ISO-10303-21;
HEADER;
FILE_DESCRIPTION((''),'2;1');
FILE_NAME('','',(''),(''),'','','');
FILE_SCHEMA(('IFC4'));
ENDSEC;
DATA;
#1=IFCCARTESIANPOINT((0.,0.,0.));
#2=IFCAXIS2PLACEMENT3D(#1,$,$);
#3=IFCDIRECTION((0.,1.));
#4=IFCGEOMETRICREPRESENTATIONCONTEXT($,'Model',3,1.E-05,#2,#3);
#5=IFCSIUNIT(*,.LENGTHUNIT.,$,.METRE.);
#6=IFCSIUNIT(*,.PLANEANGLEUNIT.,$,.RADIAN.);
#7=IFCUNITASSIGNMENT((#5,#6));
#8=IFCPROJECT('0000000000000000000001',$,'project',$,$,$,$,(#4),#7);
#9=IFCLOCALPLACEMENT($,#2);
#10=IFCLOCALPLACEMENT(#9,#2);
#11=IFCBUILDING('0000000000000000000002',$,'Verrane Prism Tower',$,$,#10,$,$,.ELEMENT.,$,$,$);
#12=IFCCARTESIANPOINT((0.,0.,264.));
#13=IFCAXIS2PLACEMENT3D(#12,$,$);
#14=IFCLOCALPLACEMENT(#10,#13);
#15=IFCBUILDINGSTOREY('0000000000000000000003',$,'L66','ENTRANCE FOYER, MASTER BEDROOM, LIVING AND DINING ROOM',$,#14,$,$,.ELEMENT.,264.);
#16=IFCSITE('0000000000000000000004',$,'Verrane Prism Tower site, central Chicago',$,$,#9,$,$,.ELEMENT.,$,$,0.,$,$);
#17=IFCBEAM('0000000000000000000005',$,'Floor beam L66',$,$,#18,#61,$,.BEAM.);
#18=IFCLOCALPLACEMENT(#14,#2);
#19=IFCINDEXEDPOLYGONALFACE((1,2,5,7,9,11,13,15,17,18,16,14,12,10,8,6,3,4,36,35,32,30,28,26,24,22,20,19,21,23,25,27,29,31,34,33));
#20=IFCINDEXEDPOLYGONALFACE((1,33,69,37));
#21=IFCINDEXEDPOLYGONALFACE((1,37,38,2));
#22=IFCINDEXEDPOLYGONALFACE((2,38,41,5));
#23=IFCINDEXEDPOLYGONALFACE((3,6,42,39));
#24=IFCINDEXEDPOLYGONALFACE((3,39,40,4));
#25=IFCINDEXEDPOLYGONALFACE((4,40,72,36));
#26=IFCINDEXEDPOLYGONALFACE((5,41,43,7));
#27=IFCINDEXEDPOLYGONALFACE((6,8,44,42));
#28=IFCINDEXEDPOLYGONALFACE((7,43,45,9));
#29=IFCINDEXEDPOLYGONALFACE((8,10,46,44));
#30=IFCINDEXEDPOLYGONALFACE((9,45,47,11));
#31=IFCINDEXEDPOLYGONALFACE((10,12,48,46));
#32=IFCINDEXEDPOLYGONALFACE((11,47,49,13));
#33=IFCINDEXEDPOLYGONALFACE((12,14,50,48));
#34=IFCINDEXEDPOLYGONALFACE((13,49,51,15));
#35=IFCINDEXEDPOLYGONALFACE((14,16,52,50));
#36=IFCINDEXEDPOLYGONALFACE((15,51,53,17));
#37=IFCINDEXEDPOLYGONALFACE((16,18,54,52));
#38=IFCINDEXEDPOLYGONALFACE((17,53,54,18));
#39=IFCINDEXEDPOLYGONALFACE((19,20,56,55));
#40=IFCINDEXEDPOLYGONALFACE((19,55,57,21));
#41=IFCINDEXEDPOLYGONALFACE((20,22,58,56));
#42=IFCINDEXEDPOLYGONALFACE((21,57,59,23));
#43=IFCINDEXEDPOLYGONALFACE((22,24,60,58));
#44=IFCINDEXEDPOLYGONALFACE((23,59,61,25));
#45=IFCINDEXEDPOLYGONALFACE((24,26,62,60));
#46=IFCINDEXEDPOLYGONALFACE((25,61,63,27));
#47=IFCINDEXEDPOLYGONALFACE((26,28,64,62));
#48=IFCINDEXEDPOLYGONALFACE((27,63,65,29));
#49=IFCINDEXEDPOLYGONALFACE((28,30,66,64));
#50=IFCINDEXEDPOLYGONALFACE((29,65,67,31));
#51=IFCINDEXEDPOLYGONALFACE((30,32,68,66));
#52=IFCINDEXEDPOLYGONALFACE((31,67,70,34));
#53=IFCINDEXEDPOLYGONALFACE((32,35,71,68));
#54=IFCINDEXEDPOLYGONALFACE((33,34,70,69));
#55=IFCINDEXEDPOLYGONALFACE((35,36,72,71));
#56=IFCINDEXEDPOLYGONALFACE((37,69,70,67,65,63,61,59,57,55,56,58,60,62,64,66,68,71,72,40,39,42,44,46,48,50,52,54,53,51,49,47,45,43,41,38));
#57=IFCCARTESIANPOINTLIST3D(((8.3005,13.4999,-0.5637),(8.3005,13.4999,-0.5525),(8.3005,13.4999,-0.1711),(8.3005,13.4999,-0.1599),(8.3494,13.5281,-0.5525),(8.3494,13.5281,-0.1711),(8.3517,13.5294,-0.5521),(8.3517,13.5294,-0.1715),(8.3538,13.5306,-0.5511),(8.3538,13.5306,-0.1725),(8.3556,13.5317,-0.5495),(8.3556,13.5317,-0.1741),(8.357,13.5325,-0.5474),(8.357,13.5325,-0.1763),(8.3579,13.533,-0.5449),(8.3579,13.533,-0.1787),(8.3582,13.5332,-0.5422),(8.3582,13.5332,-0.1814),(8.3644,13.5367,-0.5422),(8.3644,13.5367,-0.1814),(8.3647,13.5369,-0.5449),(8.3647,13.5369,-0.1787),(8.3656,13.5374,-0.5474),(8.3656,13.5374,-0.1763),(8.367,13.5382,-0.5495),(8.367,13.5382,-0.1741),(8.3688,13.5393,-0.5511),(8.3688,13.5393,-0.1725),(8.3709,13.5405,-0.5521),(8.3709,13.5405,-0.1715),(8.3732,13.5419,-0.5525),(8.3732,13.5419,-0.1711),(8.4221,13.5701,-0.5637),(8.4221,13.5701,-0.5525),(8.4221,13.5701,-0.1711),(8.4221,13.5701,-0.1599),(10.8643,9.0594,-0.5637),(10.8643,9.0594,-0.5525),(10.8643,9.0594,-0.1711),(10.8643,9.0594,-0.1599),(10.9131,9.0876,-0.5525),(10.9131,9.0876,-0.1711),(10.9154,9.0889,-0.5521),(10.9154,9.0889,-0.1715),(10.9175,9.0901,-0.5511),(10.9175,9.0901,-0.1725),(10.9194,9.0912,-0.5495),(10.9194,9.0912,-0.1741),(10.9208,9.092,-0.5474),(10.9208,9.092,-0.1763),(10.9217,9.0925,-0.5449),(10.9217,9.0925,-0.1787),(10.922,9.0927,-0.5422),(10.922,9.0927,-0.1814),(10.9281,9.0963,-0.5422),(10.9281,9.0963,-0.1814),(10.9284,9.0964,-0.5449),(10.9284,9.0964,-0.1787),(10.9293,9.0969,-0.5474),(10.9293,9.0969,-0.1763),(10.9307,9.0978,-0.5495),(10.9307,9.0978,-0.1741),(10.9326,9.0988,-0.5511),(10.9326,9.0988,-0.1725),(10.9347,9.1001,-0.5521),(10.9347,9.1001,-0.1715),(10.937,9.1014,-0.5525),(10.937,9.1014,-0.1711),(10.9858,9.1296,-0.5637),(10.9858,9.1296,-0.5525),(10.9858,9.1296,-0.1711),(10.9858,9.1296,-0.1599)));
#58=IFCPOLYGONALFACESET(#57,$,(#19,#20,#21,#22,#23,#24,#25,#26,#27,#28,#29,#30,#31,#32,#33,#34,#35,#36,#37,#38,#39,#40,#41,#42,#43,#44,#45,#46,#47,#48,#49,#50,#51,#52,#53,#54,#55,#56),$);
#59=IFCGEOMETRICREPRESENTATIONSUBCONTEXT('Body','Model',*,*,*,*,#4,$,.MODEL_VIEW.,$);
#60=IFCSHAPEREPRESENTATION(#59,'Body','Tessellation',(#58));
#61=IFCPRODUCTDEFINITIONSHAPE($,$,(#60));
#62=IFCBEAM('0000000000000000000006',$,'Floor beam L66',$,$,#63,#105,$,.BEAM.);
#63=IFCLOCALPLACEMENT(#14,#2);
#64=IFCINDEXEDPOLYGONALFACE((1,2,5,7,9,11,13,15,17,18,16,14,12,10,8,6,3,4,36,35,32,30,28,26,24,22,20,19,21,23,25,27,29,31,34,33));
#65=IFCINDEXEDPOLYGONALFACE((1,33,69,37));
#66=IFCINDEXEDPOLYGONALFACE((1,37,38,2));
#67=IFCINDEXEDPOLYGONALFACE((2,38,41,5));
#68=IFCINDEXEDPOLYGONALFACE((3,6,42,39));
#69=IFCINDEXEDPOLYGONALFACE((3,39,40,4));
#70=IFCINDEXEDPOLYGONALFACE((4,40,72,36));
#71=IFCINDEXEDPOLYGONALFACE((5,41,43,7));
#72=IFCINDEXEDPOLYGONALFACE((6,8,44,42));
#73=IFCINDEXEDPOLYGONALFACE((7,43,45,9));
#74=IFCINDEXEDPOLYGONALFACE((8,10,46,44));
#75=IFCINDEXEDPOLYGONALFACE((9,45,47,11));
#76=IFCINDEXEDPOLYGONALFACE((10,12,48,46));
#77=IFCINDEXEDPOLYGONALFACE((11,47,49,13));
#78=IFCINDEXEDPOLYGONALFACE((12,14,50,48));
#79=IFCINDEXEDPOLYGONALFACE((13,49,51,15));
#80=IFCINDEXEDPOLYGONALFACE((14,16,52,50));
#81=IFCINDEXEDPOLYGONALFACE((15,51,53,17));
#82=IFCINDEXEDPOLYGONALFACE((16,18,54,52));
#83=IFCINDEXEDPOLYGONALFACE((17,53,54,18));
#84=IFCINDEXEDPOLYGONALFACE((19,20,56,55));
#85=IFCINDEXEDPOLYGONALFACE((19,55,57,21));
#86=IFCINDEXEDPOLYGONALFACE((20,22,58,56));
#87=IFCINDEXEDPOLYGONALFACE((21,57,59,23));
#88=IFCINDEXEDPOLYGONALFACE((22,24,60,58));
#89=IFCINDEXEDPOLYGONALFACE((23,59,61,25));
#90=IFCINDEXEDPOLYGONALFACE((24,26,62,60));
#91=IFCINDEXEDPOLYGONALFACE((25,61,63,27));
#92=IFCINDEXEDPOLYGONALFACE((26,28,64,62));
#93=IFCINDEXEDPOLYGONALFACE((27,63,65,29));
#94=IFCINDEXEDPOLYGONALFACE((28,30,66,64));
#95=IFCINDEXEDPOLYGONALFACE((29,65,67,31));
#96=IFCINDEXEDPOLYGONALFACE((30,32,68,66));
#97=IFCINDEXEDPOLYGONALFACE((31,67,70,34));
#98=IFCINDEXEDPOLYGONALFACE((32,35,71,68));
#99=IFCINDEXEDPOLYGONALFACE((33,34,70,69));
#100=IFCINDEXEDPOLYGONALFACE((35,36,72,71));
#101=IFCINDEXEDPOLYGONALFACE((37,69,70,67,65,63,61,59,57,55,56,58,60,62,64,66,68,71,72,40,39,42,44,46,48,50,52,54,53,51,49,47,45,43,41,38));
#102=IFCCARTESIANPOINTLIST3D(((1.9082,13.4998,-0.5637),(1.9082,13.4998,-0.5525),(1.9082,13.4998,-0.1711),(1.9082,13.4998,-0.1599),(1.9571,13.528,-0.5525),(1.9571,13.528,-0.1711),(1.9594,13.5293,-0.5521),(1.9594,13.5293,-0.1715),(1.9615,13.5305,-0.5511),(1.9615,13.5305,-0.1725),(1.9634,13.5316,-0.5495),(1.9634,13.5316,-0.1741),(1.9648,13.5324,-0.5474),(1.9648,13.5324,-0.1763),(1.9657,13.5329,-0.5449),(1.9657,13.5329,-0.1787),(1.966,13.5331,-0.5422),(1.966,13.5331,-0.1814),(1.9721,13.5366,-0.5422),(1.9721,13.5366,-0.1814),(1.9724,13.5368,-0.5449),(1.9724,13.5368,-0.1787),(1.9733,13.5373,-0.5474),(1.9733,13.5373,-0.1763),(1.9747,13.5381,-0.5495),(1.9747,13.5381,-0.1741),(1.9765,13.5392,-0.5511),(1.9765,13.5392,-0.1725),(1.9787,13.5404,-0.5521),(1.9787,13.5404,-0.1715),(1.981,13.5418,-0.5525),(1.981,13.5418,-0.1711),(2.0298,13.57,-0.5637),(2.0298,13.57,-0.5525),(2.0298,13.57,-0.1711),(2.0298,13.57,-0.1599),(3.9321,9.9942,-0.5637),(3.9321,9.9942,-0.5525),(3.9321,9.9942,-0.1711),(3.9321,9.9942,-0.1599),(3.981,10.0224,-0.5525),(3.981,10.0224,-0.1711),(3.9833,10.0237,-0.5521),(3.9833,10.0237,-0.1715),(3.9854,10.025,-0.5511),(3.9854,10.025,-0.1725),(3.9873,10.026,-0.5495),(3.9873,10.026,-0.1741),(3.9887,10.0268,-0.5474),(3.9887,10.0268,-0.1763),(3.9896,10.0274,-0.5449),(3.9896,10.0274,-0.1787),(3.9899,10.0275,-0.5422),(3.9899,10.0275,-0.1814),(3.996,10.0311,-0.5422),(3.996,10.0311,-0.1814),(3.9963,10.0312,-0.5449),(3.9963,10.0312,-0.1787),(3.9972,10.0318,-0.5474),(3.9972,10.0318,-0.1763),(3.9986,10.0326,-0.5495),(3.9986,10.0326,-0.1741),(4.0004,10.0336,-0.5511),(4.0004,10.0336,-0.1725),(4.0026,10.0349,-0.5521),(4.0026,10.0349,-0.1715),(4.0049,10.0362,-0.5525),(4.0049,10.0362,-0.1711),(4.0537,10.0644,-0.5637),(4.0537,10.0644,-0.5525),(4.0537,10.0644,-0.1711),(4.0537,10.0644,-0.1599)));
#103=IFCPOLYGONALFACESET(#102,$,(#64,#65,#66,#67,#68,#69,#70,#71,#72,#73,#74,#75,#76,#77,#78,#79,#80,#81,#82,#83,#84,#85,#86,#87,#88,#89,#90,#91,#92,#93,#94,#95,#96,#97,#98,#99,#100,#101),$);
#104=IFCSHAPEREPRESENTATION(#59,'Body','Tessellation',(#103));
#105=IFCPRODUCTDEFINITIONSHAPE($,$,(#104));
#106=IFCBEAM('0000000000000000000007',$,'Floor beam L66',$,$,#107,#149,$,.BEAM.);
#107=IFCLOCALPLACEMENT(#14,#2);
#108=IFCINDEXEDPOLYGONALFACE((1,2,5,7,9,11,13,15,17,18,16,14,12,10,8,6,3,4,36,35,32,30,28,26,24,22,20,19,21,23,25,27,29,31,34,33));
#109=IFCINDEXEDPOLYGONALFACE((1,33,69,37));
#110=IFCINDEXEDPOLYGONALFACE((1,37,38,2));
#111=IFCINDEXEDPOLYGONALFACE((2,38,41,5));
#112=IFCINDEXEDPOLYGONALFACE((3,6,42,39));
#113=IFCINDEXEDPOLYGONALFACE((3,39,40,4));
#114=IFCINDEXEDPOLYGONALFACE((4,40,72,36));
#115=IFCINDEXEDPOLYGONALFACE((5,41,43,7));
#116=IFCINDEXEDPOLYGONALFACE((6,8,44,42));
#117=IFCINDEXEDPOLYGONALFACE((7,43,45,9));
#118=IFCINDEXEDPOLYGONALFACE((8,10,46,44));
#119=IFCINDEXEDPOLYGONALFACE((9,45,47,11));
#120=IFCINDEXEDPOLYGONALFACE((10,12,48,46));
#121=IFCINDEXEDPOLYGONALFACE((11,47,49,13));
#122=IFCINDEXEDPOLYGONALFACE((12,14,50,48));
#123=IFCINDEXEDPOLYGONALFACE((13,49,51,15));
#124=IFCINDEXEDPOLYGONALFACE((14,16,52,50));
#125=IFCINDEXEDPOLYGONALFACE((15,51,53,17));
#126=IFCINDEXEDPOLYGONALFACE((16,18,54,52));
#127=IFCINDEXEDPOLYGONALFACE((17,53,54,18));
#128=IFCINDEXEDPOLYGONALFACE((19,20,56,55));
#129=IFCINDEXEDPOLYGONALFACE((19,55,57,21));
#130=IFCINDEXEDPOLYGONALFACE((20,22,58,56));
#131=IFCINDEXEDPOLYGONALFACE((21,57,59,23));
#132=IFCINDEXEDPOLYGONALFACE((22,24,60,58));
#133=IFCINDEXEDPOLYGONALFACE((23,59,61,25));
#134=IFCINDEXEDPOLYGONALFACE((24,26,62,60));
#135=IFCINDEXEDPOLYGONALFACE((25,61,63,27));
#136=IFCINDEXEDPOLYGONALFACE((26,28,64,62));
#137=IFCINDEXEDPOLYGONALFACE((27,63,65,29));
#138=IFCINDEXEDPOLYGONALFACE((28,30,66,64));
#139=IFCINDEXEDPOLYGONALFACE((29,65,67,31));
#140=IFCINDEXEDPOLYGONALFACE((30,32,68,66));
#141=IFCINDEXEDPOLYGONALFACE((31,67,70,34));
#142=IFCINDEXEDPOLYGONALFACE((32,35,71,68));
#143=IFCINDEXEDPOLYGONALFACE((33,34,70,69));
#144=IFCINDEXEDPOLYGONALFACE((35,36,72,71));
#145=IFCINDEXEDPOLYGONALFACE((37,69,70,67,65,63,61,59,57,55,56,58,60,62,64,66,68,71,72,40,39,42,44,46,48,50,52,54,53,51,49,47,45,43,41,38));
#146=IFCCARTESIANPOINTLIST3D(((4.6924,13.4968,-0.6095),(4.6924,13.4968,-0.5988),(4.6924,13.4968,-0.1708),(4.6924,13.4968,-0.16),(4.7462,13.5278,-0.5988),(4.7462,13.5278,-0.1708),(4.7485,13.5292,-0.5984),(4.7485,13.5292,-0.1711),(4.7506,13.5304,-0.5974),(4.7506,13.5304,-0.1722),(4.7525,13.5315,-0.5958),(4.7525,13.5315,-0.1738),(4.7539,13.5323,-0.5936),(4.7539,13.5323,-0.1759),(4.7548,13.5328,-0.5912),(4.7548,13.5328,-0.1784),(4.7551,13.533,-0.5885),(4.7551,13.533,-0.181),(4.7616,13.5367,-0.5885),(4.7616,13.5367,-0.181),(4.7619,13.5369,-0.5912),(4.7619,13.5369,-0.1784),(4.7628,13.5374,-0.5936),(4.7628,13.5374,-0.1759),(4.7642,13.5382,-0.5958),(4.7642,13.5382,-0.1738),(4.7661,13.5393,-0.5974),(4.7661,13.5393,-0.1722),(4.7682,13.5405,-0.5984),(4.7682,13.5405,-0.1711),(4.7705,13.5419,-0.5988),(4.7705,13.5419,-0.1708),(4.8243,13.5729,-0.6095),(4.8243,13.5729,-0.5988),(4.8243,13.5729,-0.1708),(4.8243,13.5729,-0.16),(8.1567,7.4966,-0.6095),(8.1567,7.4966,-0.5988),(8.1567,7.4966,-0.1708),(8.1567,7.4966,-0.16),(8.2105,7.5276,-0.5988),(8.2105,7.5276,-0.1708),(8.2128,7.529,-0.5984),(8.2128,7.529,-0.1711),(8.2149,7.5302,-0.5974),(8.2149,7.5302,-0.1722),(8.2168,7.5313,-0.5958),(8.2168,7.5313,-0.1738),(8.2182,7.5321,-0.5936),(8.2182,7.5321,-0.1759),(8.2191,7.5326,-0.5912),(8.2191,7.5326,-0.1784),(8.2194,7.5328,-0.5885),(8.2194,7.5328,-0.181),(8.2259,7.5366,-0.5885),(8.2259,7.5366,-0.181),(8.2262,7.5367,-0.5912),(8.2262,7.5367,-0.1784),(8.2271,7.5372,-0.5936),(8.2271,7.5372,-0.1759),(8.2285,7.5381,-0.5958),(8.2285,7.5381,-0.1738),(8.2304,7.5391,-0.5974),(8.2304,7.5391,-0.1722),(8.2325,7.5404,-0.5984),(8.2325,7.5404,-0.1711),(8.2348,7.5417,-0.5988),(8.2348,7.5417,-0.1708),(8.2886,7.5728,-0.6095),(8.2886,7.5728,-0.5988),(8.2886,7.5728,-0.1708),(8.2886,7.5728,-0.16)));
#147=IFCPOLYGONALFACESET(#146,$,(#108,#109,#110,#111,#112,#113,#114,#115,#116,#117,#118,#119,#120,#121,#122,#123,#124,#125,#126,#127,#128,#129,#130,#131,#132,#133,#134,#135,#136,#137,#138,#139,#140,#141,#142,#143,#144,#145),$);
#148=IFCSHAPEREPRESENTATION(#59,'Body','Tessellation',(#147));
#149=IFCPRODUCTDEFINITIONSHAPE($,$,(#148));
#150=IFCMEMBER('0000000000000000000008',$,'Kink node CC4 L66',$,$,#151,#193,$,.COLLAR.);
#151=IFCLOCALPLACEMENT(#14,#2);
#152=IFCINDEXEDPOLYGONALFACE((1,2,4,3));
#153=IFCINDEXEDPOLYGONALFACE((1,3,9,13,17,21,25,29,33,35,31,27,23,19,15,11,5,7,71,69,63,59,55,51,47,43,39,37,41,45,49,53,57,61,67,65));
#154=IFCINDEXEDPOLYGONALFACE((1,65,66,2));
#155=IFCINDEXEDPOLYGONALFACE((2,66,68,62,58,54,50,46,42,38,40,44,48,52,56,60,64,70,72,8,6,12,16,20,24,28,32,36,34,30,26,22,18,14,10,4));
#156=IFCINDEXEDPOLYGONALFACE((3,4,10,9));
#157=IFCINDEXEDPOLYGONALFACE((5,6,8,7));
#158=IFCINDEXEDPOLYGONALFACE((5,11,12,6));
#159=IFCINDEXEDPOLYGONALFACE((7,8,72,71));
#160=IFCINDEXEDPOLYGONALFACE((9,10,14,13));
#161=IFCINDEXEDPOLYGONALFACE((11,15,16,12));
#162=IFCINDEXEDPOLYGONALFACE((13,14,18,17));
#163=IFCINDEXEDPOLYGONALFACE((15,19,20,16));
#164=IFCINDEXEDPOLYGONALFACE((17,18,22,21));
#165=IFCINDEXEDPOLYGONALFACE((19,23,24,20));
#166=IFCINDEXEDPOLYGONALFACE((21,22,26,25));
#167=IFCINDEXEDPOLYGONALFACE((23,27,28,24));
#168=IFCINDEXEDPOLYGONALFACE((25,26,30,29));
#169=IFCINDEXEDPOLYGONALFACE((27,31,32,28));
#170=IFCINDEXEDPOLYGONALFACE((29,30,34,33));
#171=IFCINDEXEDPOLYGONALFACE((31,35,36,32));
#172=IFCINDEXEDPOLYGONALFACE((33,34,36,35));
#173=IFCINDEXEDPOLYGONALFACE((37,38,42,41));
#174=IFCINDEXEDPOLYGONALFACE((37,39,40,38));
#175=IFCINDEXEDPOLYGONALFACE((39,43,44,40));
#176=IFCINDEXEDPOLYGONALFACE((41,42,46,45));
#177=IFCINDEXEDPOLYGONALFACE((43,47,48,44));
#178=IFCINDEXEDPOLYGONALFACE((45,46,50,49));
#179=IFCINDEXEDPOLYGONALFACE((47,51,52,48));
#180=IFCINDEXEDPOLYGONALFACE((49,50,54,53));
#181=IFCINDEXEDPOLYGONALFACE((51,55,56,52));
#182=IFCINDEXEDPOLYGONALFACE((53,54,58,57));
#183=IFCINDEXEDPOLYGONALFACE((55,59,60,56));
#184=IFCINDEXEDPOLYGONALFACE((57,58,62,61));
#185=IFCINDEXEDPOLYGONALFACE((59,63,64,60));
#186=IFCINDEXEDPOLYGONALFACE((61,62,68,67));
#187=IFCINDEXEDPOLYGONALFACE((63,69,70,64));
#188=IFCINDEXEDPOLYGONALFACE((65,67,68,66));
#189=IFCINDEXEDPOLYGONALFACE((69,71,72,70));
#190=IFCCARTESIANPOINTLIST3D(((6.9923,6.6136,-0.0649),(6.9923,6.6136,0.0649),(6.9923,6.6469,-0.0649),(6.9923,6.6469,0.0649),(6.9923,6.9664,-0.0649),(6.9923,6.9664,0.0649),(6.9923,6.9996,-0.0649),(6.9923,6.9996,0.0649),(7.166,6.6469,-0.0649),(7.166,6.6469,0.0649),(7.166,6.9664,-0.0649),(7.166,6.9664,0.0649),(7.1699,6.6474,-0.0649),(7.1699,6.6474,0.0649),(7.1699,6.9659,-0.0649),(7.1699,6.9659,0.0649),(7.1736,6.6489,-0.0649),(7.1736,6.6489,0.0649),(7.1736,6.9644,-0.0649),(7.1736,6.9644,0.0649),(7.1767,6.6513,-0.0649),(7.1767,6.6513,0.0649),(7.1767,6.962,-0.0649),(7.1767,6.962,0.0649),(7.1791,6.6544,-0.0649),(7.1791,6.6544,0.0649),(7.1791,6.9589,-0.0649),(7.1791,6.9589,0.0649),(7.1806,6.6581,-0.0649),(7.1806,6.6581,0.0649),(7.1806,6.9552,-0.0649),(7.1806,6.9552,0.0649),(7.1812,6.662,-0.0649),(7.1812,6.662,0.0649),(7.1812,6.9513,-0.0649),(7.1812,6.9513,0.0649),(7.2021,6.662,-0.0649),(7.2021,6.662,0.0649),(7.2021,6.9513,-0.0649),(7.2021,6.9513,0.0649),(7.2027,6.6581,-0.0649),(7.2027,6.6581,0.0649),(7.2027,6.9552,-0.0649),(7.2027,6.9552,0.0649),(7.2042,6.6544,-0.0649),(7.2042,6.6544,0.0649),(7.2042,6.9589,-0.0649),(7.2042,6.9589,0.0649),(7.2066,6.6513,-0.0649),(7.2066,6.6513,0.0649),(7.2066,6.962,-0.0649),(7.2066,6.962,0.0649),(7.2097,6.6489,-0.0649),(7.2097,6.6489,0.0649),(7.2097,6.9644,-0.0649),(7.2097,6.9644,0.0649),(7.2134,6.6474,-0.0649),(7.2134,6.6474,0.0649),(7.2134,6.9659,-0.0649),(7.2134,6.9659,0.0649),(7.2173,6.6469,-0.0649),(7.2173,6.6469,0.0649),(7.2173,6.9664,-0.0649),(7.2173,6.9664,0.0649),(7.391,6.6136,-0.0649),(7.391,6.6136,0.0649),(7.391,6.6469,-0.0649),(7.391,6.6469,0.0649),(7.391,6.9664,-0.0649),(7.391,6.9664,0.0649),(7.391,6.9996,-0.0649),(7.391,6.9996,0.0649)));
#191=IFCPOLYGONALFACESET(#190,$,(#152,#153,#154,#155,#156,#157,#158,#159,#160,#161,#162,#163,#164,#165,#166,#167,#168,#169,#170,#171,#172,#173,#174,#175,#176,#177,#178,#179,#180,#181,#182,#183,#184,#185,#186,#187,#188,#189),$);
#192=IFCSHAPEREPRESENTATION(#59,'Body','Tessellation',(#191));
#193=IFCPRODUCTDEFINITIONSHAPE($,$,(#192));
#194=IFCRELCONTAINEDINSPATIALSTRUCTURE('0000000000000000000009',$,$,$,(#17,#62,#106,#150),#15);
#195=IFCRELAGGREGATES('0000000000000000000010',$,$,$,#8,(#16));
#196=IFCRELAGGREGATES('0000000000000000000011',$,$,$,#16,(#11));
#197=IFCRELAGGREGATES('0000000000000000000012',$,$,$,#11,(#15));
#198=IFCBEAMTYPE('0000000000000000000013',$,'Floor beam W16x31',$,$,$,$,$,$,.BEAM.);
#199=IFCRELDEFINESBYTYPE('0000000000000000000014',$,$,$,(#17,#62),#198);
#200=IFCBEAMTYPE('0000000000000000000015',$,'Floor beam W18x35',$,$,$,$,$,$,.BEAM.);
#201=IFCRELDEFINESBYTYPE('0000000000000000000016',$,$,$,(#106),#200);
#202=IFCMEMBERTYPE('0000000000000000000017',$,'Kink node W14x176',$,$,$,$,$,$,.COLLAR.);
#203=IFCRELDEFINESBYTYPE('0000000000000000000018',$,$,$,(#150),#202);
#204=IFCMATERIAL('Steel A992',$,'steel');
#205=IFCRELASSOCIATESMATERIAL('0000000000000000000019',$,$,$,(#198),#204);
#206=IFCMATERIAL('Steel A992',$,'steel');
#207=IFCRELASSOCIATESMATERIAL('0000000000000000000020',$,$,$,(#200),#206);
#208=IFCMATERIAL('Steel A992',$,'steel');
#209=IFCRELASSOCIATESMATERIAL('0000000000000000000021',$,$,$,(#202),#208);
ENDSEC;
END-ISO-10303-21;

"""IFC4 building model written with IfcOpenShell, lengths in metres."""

from ifc_helpers import new_model, si_unit, direction, frame, origin, origin_2d, place, context, subcontext, project, spatial, i_section, extrude, material, material_profile, profile_set, type_object, element, save


model = new_model("IFC4")

# Units and contexts
model_context = context("Model", 3, precision=1e-05, world=origin(), true_north=direction((0.0, 1.0)))
body_context = subcontext(model_context, "Body", "Model", "MODEL_VIEW")
ifc_project = project(units=[si_unit("LENGTHUNIT", "METRE"), si_unit("PLANEANGLEUNIT", "RADIAN")], contexts=[model_context])

# Site, building, storey
site_placement = place(None, origin())
site = spatial("IfcSite", under=ifc_project, at=site_placement, Name="Verrane Prism Tower site, central Chicago", CompositionType="ELEMENT", RefElevation=0.0)
building_placement = place(site_placement, origin())
building = spatial("IfcBuilding", under=site, at=building_placement, Name="Verrane Prism Tower", CompositionType="ELEMENT")
storey_placement = place(building_placement, frame((0.0, 0.0, 264.0)))
storey = spatial("IfcBuildingStorey", under=building, at=storey_placement, Name="L66", Description="ENTRANCE FOYER, MASTER BEDROOM, LIVING AND DINING ROOM", CompositionType="ELEMENT", Elevation=264.0)

# Beams
ifc_material_1 = material(Name="Steel A992", Category="steel")
ifc_material_profile_1 = material_profile(ifc_material_1, i_section(OverallWidth=0.1404, OverallDepth=0.4038, WebThickness=0.0071, FlangeThickness=0.0112, FilletRadius=0.0103, at=origin_2d()), Name="W16x31")
ifc_profile_set_1 = profile_set([ifc_material_profile_1], Name="Steel A992")
beam_type_1 = type_object("IfcBeamType", Name="Floor beam W16x31", PredefinedType="BEAM", material=ifc_profile_set_1)
beam_1_placement = place(storey_placement, frame((10.925, 9.0945, -0.3618), z_axis=(-0.500005, 0.866022, 0.0), x_axis=(-0.866022, -0.500005, 0.0)))
element("IfcBeam", 1, at=beam_1_placement, inside=storey, type_object=beam_type_1, Name="Floor beam L66", PredefinedType="BEAM", context=body_context, shape_type="SweptSolid", body=[
    extrude(i_section(OverallWidth=0.1404, OverallDepth=0.4038, WebThickness=0.0071, FlangeThickness=0.0112, FilletRadius=0.0103, at=origin_2d()), origin(), (0.0, 0.0, 1.0), 5.1274),
])
beam_2_placement = place(storey_placement, frame((3.9929, 10.0293, -0.3618), z_axis=(-0.499992, 0.86603, 0.0), x_axis=(-0.86603, -0.499992, 0.0)))
element("IfcBeam", 2, at=beam_2_placement, inside=storey, type_object=beam_type_1, Name="Floor beam L66", PredefinedType="BEAM", context=body_context, shape_type="SweptSolid", body=[
    extrude(i_section(OverallWidth=0.1404, OverallDepth=0.4038, WebThickness=0.0071, FlangeThickness=0.0112, FilletRadius=0.0103, at=origin_2d()), origin(), (0.0, 0.0, 1.0), 4.0479),
])
ifc_material_2 = material(Name="Steel A992", Category="steel")
ifc_material_profile_2 = material_profile(ifc_material_2, i_section(OverallWidth=0.1523, OverallDepth=0.4495, WebThickness=0.0076, FlangeThickness=0.0107, FilletRadius=0.0103, at=origin_2d()), Name="W18x35")
ifc_profile_set_2 = profile_set([ifc_material_profile_2], Name="Steel A992")
beam_type_2 = type_object("IfcBeamType", Name="Floor beam W18x35", PredefinedType="BEAM", material=ifc_profile_set_2)
beam_3_placement = place(storey_placement, frame((8.2227, 7.5347, -0.3848), z_axis=(-0.500012, 0.866018, 0.0), x_axis=(-0.866018, -0.500012, 0.0)))
element("IfcBeam", 3, at=beam_3_placement, inside=storey, type_object=beam_type_2, Name="Floor beam L66", PredefinedType="BEAM", context=body_context, shape_type="SweptSolid", body=[
    extrude(i_section(OverallWidth=0.1523, OverallDepth=0.4495, WebThickness=0.0076, FlangeThickness=0.0107, FilletRadius=0.0103, at=origin_2d()), origin(), (0.0, 0.0, 1.0), 6.9285),
])

# Member
ifc_material_3 = material(Name="Steel A992", Category="steel")
ifc_material_profile_3 = material_profile(ifc_material_3, i_section(OverallWidth=0.3987, OverallDepth=0.386, WebThickness=0.021, FlangeThickness=0.0332, FilletRadius=0.0151, at=origin_2d()), Name="W14x176")
ifc_profile_set_3 = profile_set([ifc_material_profile_3], Name="Steel A992")
member_type_1 = type_object("IfcMemberType", Name="Kink node W14x176", PredefinedType="COLLAR", material=ifc_profile_set_3)
member_1_placement = place(storey_placement, frame((7.1917, 6.8066, -0.0649), z_axis=(0.0, 0.0, 1.0), x_axis=(1.0, 0.0, 0.0)))
element("IfcMember", 4, at=member_1_placement, inside=storey, type_object=member_type_1, Name="Kink node CC4 L66", PredefinedType="COLLAR", context=body_context, shape_type="SweptSolid", body=[
    extrude(i_section(OverallWidth=0.3987, OverallDepth=0.386, WebThickness=0.021, FlangeThickness=0.0332, FilletRadius=0.0151, at=origin_2d()), origin(), (0.0, 0.0, 1.0), 0.1299),
])

save(model, "model.ifc")
